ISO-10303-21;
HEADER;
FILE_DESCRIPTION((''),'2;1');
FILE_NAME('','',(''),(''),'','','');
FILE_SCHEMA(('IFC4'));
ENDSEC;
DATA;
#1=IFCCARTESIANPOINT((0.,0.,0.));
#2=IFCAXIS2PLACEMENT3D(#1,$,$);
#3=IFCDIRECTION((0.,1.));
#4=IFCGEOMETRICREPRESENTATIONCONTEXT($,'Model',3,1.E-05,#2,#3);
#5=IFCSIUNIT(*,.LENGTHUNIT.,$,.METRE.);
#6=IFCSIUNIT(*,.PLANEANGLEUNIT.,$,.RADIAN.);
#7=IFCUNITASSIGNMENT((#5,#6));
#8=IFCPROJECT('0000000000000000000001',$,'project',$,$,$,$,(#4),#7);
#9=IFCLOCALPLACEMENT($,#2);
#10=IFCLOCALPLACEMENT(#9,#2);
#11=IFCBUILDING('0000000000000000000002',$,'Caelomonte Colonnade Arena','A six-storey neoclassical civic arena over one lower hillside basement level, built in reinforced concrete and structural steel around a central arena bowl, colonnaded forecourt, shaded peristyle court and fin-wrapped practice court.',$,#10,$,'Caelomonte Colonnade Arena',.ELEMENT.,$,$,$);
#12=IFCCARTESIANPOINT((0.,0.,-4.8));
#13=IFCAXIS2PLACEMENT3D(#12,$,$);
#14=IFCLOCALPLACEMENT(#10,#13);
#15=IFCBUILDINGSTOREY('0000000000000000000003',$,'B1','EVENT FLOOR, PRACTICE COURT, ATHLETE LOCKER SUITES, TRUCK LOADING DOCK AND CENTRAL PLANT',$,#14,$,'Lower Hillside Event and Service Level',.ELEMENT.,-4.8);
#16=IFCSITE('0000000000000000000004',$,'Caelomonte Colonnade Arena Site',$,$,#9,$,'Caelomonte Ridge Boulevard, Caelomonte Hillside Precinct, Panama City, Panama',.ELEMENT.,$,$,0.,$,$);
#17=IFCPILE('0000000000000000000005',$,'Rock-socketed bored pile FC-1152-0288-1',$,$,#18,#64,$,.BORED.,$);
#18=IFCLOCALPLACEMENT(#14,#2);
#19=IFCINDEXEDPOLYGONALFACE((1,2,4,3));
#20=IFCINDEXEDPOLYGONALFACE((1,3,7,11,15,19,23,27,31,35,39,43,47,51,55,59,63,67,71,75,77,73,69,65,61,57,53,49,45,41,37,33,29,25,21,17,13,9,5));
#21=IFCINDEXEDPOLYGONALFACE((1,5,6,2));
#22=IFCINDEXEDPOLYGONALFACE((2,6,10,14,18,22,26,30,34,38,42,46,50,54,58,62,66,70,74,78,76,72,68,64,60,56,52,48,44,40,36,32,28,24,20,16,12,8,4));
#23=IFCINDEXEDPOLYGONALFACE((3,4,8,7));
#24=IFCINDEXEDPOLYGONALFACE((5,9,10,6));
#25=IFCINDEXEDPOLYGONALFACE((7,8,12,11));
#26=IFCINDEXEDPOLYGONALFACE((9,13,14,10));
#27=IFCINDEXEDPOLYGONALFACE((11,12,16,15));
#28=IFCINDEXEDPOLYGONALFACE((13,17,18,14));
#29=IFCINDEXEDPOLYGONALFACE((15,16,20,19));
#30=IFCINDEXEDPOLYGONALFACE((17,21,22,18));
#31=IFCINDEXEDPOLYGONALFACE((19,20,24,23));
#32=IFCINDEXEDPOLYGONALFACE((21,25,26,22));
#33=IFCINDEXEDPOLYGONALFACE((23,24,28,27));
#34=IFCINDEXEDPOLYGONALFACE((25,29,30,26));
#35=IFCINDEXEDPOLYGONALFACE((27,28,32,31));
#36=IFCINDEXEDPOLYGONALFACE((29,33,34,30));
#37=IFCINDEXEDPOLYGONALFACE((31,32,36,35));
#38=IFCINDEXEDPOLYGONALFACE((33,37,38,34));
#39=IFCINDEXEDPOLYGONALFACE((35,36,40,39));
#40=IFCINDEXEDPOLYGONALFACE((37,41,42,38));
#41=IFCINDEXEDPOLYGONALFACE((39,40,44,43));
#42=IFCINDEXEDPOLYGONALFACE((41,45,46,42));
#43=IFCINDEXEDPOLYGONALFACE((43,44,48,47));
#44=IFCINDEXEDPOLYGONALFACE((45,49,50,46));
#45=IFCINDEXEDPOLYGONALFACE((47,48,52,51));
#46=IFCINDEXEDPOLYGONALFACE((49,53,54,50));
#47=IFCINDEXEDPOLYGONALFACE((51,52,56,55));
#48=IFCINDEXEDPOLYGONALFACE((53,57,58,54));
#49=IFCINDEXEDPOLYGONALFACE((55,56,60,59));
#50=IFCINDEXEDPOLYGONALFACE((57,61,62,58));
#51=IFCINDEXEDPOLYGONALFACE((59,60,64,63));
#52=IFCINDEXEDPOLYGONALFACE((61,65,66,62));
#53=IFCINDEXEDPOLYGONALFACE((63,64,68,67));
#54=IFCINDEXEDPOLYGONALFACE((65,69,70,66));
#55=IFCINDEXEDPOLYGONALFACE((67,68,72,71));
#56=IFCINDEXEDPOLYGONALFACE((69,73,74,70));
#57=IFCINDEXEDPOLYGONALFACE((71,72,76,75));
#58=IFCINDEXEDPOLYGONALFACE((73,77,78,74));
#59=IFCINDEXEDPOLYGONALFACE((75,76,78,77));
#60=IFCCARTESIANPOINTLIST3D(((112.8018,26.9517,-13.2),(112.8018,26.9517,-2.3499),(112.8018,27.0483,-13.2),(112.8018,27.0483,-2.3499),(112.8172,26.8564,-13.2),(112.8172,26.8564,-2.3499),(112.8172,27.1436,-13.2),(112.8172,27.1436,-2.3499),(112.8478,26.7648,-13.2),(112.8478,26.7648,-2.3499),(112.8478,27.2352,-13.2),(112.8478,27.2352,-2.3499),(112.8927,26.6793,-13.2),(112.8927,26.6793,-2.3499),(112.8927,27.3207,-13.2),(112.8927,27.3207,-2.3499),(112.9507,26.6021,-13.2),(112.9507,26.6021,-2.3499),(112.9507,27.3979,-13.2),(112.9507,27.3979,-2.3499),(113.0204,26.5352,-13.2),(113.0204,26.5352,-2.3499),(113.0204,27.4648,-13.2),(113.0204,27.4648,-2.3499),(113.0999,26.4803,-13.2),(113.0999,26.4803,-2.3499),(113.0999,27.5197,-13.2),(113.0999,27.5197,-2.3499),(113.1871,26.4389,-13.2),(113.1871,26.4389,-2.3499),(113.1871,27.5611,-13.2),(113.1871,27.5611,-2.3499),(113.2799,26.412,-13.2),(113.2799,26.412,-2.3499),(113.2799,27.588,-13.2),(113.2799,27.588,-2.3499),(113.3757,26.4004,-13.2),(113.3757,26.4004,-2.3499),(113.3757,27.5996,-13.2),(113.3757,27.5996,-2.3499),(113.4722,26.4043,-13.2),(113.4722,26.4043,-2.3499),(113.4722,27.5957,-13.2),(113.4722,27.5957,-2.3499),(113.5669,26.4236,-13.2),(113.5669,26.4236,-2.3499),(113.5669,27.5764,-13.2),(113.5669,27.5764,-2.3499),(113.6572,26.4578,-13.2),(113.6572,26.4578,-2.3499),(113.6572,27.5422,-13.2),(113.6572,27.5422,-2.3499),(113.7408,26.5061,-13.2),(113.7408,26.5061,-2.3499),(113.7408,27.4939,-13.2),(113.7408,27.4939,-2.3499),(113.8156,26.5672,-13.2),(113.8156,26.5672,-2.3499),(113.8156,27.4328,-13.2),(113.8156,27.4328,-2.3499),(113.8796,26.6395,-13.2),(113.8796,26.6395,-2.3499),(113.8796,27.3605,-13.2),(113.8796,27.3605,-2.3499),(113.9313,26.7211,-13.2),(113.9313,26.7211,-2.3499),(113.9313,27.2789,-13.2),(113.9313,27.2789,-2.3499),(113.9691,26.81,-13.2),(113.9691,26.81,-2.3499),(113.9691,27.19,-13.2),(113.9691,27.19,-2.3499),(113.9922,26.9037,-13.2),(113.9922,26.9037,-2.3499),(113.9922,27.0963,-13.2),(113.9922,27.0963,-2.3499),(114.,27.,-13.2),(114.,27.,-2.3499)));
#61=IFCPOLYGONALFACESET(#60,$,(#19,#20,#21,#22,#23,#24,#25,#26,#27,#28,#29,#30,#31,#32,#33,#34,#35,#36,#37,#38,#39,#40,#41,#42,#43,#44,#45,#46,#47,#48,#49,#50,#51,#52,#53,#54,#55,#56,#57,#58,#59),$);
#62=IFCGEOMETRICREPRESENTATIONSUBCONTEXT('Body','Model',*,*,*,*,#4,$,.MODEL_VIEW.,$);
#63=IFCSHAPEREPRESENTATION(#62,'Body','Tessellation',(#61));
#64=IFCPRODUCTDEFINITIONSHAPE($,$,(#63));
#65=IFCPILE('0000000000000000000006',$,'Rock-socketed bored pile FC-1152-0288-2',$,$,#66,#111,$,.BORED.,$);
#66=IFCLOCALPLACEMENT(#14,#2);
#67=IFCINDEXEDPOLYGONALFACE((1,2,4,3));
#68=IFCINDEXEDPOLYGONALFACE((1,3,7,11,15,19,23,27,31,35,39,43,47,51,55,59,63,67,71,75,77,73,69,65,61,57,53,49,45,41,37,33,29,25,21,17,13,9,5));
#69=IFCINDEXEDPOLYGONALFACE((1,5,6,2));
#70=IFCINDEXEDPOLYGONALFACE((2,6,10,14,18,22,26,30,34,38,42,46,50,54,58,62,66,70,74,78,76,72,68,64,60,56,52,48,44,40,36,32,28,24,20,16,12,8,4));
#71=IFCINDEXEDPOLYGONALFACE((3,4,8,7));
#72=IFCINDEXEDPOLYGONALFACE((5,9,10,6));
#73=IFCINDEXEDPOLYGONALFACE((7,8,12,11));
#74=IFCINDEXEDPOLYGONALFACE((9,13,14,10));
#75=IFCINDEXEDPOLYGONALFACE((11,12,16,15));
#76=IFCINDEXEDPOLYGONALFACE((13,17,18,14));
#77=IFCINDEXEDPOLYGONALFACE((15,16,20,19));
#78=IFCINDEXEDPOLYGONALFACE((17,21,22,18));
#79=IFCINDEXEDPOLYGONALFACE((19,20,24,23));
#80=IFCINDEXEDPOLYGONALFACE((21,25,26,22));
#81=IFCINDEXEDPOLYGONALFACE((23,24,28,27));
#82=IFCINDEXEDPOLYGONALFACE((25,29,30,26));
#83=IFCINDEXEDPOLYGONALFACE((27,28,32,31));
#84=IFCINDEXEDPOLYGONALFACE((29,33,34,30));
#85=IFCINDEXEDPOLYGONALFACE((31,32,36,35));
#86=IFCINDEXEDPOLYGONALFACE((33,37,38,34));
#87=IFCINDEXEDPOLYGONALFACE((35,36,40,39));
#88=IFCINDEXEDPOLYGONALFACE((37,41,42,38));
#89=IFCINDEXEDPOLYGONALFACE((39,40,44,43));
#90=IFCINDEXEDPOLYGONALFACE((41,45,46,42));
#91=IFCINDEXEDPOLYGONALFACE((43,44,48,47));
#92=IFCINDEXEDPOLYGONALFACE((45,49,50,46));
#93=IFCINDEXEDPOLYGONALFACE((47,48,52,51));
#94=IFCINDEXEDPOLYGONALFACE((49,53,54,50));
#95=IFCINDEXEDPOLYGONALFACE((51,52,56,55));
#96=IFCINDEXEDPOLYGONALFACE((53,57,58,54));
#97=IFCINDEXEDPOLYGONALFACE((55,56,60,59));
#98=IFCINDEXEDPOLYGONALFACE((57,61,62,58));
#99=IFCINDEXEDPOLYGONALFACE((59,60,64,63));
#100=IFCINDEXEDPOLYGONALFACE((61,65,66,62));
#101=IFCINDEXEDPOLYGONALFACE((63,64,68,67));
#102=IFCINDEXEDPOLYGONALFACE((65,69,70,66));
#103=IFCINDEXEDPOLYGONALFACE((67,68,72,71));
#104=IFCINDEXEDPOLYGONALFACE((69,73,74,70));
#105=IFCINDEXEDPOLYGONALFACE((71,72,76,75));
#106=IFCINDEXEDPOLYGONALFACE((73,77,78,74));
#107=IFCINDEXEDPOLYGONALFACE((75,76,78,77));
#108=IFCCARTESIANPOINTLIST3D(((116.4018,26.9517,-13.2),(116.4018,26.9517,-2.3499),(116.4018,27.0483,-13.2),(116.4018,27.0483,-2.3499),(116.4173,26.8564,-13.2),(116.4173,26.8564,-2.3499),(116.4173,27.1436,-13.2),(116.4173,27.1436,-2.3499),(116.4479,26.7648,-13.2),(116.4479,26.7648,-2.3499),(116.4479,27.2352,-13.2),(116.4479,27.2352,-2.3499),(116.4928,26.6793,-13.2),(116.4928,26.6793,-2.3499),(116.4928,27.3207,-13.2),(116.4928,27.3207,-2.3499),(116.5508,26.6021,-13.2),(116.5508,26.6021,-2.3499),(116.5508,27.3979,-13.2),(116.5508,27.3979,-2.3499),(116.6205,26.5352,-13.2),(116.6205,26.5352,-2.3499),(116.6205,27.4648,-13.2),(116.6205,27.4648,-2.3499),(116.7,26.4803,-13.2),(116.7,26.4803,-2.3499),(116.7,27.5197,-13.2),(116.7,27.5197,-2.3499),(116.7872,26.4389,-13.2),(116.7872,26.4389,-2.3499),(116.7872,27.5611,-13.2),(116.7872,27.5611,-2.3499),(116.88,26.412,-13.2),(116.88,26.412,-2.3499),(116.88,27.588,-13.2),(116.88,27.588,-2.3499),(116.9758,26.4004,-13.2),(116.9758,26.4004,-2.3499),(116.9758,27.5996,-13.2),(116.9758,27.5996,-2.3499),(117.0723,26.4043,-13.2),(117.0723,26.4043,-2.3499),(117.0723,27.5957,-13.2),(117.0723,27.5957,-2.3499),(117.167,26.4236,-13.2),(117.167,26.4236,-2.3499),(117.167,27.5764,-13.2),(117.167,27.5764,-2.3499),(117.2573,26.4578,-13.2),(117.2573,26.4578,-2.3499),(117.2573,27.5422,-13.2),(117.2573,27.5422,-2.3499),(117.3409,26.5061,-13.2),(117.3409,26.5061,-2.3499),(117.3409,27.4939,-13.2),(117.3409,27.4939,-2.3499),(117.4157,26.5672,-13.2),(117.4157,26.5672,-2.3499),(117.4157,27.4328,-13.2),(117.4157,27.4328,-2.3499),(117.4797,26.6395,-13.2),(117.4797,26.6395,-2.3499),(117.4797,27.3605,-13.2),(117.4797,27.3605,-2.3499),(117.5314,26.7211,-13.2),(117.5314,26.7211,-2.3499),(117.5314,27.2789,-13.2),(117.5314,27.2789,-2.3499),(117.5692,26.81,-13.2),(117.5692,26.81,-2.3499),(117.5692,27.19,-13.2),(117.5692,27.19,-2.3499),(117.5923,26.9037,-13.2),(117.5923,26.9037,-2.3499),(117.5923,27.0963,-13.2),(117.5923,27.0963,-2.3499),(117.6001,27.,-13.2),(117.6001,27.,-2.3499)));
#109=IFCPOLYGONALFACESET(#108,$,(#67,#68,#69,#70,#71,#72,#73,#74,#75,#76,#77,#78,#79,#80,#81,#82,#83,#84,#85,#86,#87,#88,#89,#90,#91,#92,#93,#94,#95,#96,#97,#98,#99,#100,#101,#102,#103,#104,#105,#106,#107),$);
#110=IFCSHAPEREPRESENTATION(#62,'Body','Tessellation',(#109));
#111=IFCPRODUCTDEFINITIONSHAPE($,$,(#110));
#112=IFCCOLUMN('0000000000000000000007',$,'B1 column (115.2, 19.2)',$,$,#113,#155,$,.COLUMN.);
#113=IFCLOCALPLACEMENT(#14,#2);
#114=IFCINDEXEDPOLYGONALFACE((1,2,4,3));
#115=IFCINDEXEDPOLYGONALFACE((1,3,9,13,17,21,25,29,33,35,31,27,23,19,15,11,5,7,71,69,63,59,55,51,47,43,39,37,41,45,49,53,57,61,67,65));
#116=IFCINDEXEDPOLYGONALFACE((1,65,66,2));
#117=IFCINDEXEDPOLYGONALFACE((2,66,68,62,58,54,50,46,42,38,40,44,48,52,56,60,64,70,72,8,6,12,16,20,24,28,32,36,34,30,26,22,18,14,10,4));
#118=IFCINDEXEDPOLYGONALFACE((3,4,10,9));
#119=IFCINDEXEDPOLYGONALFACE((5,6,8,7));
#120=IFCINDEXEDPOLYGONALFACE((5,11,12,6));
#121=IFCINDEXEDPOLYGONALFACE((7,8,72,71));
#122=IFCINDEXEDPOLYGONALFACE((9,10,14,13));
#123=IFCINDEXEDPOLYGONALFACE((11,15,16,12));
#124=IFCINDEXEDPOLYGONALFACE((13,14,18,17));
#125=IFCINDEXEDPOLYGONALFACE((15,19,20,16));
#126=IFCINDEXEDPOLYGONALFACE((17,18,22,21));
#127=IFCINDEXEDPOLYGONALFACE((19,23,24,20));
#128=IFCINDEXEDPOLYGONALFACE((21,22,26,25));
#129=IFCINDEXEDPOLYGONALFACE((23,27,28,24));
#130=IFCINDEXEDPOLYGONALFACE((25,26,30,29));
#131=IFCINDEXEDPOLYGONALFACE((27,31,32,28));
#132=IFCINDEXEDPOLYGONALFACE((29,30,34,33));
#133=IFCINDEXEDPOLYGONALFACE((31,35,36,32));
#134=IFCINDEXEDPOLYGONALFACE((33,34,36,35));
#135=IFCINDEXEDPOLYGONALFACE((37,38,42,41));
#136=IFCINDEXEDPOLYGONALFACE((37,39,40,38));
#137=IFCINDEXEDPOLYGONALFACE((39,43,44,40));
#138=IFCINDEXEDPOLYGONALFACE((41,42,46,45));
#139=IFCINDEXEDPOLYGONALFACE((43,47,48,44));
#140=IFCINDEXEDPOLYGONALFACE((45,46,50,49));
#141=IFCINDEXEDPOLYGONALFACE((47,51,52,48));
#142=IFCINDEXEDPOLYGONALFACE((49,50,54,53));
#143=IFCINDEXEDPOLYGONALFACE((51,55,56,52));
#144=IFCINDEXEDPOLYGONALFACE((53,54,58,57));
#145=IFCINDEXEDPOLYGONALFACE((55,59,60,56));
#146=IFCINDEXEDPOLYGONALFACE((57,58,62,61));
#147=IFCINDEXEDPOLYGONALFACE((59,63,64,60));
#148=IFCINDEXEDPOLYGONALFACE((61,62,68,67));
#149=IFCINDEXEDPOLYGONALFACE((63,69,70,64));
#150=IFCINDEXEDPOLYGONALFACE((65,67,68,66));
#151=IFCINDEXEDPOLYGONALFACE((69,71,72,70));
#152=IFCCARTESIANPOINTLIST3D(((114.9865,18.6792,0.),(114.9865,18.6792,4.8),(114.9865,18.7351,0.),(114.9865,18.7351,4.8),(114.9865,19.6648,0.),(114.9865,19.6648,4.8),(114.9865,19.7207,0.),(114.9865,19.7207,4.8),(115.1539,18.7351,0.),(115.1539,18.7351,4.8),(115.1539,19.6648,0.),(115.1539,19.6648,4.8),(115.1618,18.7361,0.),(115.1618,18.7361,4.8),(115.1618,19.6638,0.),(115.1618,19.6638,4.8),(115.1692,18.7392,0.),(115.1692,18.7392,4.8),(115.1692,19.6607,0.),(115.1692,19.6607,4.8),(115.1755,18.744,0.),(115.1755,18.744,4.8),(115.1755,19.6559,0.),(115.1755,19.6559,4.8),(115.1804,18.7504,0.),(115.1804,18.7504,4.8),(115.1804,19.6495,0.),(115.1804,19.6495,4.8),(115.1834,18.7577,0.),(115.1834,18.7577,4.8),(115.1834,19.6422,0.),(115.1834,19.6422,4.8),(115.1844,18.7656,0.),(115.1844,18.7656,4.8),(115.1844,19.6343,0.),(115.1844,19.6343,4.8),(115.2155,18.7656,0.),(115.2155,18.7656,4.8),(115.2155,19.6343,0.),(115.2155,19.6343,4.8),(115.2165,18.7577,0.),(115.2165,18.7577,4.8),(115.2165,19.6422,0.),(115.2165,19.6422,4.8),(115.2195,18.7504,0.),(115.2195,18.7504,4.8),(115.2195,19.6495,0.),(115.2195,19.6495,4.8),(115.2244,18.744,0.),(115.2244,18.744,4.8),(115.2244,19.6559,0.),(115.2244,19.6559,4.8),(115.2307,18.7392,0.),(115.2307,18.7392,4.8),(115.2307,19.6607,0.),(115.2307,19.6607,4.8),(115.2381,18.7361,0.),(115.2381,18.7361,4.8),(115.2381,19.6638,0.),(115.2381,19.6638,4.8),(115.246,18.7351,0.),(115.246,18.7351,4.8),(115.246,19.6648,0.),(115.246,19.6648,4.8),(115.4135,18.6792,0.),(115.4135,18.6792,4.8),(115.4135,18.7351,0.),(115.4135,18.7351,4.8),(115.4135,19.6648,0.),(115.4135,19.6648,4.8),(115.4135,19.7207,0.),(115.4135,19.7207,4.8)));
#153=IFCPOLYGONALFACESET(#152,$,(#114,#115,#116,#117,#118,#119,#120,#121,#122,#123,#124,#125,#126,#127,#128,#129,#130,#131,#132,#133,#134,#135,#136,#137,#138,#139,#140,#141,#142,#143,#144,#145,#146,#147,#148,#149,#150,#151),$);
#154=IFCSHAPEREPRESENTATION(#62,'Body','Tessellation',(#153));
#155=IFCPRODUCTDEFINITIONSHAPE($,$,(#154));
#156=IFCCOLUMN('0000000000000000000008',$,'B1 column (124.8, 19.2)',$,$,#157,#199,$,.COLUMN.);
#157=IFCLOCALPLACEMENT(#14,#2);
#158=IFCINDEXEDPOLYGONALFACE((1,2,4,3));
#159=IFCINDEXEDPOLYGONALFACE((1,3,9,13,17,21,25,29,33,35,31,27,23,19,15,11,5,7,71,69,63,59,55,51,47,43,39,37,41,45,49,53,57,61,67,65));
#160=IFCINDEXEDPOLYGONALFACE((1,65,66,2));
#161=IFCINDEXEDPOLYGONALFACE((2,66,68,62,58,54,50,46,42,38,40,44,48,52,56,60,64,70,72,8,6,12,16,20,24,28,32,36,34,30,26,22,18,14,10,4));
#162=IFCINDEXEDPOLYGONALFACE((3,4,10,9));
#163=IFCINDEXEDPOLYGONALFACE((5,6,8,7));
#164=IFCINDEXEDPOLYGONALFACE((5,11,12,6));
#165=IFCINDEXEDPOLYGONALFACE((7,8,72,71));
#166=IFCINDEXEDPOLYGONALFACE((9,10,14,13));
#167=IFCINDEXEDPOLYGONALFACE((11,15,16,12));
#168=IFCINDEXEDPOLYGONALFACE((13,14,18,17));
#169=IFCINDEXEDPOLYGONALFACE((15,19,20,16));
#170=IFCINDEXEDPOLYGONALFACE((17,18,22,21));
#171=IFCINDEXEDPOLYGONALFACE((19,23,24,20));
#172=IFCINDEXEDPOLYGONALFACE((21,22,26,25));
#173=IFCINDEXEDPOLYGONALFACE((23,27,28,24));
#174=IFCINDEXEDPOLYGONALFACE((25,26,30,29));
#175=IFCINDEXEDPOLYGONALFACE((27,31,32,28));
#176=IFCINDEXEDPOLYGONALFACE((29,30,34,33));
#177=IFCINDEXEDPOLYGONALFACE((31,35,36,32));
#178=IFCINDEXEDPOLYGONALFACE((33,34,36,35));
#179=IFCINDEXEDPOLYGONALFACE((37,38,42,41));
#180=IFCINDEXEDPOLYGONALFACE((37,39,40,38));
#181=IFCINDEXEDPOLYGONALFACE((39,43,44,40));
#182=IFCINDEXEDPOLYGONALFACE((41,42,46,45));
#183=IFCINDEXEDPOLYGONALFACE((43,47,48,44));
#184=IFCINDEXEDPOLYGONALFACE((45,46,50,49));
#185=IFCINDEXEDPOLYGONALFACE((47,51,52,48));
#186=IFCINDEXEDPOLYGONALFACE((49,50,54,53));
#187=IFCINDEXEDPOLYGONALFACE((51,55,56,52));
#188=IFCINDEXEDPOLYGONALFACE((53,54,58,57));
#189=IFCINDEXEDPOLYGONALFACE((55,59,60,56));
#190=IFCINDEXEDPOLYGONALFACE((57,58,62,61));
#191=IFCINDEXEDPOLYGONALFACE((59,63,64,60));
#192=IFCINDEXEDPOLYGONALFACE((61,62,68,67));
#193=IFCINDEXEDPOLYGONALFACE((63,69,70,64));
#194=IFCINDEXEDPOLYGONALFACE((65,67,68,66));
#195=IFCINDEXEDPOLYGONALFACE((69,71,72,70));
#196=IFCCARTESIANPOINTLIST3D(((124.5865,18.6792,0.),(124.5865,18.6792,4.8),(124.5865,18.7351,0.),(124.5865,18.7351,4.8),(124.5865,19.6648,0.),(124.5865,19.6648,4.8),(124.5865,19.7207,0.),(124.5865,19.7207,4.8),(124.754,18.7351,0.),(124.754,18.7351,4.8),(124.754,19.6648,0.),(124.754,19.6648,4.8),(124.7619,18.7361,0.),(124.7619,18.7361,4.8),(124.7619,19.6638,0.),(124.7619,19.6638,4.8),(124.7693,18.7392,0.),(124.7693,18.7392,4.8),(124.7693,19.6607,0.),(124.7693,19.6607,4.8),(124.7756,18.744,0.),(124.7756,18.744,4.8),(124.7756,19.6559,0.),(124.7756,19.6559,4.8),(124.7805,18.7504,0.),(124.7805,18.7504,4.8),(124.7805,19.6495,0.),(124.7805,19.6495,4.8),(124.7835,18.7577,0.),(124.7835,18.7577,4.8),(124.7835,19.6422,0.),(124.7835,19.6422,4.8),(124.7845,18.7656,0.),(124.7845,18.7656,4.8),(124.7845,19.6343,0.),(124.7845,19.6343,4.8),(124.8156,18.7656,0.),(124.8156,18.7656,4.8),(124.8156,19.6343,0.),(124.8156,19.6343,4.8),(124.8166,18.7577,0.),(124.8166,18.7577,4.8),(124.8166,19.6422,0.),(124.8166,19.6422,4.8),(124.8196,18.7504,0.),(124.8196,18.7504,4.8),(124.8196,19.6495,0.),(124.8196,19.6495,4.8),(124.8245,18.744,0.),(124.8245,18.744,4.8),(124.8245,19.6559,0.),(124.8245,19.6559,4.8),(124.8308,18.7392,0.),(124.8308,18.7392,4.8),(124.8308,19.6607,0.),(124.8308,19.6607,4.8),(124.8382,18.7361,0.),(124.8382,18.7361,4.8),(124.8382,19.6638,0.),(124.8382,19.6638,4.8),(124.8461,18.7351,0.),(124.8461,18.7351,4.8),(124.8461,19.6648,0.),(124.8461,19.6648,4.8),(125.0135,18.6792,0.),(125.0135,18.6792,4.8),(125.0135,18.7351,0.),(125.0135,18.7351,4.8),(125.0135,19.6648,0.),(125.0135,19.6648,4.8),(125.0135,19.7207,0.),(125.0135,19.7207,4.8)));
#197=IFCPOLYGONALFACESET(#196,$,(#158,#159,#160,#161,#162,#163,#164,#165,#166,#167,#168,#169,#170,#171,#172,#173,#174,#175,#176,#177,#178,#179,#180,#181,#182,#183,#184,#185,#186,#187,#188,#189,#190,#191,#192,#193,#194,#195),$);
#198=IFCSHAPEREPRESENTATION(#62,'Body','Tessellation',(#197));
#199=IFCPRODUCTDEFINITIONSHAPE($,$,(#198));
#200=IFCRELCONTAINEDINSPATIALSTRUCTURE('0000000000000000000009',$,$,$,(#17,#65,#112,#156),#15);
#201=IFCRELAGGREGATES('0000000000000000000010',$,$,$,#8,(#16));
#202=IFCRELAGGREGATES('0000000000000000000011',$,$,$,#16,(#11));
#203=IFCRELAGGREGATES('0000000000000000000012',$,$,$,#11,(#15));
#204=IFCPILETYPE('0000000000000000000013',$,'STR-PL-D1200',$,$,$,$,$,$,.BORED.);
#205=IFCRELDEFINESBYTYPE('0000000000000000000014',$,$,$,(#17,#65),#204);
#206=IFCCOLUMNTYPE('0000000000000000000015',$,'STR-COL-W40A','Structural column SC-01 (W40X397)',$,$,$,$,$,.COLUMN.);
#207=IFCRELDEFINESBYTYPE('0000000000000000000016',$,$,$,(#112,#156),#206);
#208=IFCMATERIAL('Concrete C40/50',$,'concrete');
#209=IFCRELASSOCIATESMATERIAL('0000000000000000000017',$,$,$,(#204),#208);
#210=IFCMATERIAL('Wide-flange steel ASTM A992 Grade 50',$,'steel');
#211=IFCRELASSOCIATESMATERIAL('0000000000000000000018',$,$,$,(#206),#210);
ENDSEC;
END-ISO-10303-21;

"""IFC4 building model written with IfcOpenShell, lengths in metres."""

from ifc_helpers import new_model, si_unit, direction, frame, origin, origin_2d, place, context, subcontext, project, spatial, circle, i_section, extrude, material, material_profile, profile_set, type_object, element, save


model = new_model("IFC4")

# Units and contexts
model_context = context("Model", 3, precision=1e-05, world=origin(), true_north=direction((0.0, 1.0)))
body_context = subcontext(model_context, "Body", "Model", "MODEL_VIEW")
ifc_project = project(units=[si_unit("LENGTHUNIT", "METRE"), si_unit("PLANEANGLEUNIT", "RADIAN")], contexts=[model_context])

# Site, building, storey
site_placement = place(None, origin())
site = spatial("IfcSite", under=ifc_project, at=site_placement, Name="Caelomonte Colonnade Arena Site", LongName="Caelomonte Ridge Boulevard, Caelomonte Hillside Precinct, Panama City, Panama", CompositionType="ELEMENT", RefElevation=0.0)
building_placement = place(site_placement, origin())
building = spatial("IfcBuilding", under=site, at=building_placement, Name="Caelomonte Colonnade Arena", Description="A six-storey neoclassical civic arena over one lower hillside basement level, built in reinforced concrete and structural steel around a central arena bowl, colonnaded forecourt, shaded peristyle court and fin-wrapped practice court.", LongName="Caelomonte Colonnade Arena", CompositionType="ELEMENT")
storey_placement = place(building_placement, frame((0.0, 0.0, -4.8)))
storey = spatial("IfcBuildingStorey", under=building, at=storey_placement, Name="B1", Description="EVENT FLOOR, PRACTICE COURT, ATHLETE LOCKER SUITES, TRUCK LOADING DOCK AND CENTRAL PLANT", LongName="Lower Hillside Event and Service Level", CompositionType="ELEMENT", Elevation=-4.8)

# Shared definitions
ifc_material_1 = material(Name="Concrete C40/50", Category="concrete")

# Piles
ifc_material_profile_1 = material_profile(ifc_material_1, circle(Radius=0.6001, at=origin_2d()), Name="PILE-D1200")
ifc_profile_set_1 = profile_set([ifc_material_profile_1], Name="Concrete C40/50")
pile_type_1 = type_object("IfcPileType", Name="STR-PL-D1200", PredefinedType="BORED", material=ifc_profile_set_1)
for number, where, z_axis, x_axis, name in (
    (1, (113.3999, 27.0, -2.3499), (0.0, 0.0, -1.0), (1.0, 0.0, 0.0), "Rock-socketed bored pile FC-1152-0288-1"),
    (2, (117.0, 27.0, -2.3499), (0.0, 0.0, -1.0), (1.0, 0.0, 0.0), "Rock-socketed bored pile FC-1152-0288-2"),
):
    element("IfcPile", number, at=place(storey_placement, frame(where, z_axis=z_axis, x_axis=x_axis)), inside=storey, type_object=pile_type_1, Name=name, PredefinedType="BORED", context=body_context, shape_type="SweptSolid", body=[
        extrude(circle(Radius=0.6001, at=origin_2d()), origin(), (0.0, 0.0, 1.0), 10.8501),
    ])

# Columns
ifc_material_2 = material(Name="Wide-flange steel ASTM A992 Grade 50", Category="steel")
ifc_material_profile_2 = material_profile(ifc_material_2, i_section(OverallWidth=0.427, OverallDepth=1.0415, WebThickness=0.031, FlangeThickness=0.0559, FilletRadius=0.0305, at=origin_2d()), Name="W40X397")
ifc_profile_set_2 = profile_set([ifc_material_profile_2], Name="Wide-flange steel ASTM A992 Grade 50")
column_type = type_object("IfcColumnType", Name="STR-COL-W40A", Description="Structural column SC-01 (W40X397)", PredefinedType="COLUMN", material=ifc_profile_set_2)
for number, where, z_axis, x_axis, name in (
    (3, (115.2, 19.2, 0.0), (0.0, 0.0, 1.0), (1.0, 0.0, 0.0), "B1 column (115.2, 19.2)"),
    (4, (124.8, 19.2, 0.0), (0.0, 0.0, 1.0), (1.0, 0.0, 0.0), "B1 column (124.8, 19.2)"),
):
    element("IfcColumn", number, at=place(storey_placement, frame(where, z_axis=z_axis, x_axis=x_axis)), inside=storey, type_object=column_type, Name=name, PredefinedType="COLUMN", context=body_context, shape_type="SweptSolid", body=[
        extrude(i_section(OverallWidth=0.427, OverallDepth=1.0415, WebThickness=0.031, FlangeThickness=0.0559, FilletRadius=0.0305, at=origin_2d()), origin(), (0.0, 0.0, 1.0), 4.8),
    ])

save(model, "model.ifc")
